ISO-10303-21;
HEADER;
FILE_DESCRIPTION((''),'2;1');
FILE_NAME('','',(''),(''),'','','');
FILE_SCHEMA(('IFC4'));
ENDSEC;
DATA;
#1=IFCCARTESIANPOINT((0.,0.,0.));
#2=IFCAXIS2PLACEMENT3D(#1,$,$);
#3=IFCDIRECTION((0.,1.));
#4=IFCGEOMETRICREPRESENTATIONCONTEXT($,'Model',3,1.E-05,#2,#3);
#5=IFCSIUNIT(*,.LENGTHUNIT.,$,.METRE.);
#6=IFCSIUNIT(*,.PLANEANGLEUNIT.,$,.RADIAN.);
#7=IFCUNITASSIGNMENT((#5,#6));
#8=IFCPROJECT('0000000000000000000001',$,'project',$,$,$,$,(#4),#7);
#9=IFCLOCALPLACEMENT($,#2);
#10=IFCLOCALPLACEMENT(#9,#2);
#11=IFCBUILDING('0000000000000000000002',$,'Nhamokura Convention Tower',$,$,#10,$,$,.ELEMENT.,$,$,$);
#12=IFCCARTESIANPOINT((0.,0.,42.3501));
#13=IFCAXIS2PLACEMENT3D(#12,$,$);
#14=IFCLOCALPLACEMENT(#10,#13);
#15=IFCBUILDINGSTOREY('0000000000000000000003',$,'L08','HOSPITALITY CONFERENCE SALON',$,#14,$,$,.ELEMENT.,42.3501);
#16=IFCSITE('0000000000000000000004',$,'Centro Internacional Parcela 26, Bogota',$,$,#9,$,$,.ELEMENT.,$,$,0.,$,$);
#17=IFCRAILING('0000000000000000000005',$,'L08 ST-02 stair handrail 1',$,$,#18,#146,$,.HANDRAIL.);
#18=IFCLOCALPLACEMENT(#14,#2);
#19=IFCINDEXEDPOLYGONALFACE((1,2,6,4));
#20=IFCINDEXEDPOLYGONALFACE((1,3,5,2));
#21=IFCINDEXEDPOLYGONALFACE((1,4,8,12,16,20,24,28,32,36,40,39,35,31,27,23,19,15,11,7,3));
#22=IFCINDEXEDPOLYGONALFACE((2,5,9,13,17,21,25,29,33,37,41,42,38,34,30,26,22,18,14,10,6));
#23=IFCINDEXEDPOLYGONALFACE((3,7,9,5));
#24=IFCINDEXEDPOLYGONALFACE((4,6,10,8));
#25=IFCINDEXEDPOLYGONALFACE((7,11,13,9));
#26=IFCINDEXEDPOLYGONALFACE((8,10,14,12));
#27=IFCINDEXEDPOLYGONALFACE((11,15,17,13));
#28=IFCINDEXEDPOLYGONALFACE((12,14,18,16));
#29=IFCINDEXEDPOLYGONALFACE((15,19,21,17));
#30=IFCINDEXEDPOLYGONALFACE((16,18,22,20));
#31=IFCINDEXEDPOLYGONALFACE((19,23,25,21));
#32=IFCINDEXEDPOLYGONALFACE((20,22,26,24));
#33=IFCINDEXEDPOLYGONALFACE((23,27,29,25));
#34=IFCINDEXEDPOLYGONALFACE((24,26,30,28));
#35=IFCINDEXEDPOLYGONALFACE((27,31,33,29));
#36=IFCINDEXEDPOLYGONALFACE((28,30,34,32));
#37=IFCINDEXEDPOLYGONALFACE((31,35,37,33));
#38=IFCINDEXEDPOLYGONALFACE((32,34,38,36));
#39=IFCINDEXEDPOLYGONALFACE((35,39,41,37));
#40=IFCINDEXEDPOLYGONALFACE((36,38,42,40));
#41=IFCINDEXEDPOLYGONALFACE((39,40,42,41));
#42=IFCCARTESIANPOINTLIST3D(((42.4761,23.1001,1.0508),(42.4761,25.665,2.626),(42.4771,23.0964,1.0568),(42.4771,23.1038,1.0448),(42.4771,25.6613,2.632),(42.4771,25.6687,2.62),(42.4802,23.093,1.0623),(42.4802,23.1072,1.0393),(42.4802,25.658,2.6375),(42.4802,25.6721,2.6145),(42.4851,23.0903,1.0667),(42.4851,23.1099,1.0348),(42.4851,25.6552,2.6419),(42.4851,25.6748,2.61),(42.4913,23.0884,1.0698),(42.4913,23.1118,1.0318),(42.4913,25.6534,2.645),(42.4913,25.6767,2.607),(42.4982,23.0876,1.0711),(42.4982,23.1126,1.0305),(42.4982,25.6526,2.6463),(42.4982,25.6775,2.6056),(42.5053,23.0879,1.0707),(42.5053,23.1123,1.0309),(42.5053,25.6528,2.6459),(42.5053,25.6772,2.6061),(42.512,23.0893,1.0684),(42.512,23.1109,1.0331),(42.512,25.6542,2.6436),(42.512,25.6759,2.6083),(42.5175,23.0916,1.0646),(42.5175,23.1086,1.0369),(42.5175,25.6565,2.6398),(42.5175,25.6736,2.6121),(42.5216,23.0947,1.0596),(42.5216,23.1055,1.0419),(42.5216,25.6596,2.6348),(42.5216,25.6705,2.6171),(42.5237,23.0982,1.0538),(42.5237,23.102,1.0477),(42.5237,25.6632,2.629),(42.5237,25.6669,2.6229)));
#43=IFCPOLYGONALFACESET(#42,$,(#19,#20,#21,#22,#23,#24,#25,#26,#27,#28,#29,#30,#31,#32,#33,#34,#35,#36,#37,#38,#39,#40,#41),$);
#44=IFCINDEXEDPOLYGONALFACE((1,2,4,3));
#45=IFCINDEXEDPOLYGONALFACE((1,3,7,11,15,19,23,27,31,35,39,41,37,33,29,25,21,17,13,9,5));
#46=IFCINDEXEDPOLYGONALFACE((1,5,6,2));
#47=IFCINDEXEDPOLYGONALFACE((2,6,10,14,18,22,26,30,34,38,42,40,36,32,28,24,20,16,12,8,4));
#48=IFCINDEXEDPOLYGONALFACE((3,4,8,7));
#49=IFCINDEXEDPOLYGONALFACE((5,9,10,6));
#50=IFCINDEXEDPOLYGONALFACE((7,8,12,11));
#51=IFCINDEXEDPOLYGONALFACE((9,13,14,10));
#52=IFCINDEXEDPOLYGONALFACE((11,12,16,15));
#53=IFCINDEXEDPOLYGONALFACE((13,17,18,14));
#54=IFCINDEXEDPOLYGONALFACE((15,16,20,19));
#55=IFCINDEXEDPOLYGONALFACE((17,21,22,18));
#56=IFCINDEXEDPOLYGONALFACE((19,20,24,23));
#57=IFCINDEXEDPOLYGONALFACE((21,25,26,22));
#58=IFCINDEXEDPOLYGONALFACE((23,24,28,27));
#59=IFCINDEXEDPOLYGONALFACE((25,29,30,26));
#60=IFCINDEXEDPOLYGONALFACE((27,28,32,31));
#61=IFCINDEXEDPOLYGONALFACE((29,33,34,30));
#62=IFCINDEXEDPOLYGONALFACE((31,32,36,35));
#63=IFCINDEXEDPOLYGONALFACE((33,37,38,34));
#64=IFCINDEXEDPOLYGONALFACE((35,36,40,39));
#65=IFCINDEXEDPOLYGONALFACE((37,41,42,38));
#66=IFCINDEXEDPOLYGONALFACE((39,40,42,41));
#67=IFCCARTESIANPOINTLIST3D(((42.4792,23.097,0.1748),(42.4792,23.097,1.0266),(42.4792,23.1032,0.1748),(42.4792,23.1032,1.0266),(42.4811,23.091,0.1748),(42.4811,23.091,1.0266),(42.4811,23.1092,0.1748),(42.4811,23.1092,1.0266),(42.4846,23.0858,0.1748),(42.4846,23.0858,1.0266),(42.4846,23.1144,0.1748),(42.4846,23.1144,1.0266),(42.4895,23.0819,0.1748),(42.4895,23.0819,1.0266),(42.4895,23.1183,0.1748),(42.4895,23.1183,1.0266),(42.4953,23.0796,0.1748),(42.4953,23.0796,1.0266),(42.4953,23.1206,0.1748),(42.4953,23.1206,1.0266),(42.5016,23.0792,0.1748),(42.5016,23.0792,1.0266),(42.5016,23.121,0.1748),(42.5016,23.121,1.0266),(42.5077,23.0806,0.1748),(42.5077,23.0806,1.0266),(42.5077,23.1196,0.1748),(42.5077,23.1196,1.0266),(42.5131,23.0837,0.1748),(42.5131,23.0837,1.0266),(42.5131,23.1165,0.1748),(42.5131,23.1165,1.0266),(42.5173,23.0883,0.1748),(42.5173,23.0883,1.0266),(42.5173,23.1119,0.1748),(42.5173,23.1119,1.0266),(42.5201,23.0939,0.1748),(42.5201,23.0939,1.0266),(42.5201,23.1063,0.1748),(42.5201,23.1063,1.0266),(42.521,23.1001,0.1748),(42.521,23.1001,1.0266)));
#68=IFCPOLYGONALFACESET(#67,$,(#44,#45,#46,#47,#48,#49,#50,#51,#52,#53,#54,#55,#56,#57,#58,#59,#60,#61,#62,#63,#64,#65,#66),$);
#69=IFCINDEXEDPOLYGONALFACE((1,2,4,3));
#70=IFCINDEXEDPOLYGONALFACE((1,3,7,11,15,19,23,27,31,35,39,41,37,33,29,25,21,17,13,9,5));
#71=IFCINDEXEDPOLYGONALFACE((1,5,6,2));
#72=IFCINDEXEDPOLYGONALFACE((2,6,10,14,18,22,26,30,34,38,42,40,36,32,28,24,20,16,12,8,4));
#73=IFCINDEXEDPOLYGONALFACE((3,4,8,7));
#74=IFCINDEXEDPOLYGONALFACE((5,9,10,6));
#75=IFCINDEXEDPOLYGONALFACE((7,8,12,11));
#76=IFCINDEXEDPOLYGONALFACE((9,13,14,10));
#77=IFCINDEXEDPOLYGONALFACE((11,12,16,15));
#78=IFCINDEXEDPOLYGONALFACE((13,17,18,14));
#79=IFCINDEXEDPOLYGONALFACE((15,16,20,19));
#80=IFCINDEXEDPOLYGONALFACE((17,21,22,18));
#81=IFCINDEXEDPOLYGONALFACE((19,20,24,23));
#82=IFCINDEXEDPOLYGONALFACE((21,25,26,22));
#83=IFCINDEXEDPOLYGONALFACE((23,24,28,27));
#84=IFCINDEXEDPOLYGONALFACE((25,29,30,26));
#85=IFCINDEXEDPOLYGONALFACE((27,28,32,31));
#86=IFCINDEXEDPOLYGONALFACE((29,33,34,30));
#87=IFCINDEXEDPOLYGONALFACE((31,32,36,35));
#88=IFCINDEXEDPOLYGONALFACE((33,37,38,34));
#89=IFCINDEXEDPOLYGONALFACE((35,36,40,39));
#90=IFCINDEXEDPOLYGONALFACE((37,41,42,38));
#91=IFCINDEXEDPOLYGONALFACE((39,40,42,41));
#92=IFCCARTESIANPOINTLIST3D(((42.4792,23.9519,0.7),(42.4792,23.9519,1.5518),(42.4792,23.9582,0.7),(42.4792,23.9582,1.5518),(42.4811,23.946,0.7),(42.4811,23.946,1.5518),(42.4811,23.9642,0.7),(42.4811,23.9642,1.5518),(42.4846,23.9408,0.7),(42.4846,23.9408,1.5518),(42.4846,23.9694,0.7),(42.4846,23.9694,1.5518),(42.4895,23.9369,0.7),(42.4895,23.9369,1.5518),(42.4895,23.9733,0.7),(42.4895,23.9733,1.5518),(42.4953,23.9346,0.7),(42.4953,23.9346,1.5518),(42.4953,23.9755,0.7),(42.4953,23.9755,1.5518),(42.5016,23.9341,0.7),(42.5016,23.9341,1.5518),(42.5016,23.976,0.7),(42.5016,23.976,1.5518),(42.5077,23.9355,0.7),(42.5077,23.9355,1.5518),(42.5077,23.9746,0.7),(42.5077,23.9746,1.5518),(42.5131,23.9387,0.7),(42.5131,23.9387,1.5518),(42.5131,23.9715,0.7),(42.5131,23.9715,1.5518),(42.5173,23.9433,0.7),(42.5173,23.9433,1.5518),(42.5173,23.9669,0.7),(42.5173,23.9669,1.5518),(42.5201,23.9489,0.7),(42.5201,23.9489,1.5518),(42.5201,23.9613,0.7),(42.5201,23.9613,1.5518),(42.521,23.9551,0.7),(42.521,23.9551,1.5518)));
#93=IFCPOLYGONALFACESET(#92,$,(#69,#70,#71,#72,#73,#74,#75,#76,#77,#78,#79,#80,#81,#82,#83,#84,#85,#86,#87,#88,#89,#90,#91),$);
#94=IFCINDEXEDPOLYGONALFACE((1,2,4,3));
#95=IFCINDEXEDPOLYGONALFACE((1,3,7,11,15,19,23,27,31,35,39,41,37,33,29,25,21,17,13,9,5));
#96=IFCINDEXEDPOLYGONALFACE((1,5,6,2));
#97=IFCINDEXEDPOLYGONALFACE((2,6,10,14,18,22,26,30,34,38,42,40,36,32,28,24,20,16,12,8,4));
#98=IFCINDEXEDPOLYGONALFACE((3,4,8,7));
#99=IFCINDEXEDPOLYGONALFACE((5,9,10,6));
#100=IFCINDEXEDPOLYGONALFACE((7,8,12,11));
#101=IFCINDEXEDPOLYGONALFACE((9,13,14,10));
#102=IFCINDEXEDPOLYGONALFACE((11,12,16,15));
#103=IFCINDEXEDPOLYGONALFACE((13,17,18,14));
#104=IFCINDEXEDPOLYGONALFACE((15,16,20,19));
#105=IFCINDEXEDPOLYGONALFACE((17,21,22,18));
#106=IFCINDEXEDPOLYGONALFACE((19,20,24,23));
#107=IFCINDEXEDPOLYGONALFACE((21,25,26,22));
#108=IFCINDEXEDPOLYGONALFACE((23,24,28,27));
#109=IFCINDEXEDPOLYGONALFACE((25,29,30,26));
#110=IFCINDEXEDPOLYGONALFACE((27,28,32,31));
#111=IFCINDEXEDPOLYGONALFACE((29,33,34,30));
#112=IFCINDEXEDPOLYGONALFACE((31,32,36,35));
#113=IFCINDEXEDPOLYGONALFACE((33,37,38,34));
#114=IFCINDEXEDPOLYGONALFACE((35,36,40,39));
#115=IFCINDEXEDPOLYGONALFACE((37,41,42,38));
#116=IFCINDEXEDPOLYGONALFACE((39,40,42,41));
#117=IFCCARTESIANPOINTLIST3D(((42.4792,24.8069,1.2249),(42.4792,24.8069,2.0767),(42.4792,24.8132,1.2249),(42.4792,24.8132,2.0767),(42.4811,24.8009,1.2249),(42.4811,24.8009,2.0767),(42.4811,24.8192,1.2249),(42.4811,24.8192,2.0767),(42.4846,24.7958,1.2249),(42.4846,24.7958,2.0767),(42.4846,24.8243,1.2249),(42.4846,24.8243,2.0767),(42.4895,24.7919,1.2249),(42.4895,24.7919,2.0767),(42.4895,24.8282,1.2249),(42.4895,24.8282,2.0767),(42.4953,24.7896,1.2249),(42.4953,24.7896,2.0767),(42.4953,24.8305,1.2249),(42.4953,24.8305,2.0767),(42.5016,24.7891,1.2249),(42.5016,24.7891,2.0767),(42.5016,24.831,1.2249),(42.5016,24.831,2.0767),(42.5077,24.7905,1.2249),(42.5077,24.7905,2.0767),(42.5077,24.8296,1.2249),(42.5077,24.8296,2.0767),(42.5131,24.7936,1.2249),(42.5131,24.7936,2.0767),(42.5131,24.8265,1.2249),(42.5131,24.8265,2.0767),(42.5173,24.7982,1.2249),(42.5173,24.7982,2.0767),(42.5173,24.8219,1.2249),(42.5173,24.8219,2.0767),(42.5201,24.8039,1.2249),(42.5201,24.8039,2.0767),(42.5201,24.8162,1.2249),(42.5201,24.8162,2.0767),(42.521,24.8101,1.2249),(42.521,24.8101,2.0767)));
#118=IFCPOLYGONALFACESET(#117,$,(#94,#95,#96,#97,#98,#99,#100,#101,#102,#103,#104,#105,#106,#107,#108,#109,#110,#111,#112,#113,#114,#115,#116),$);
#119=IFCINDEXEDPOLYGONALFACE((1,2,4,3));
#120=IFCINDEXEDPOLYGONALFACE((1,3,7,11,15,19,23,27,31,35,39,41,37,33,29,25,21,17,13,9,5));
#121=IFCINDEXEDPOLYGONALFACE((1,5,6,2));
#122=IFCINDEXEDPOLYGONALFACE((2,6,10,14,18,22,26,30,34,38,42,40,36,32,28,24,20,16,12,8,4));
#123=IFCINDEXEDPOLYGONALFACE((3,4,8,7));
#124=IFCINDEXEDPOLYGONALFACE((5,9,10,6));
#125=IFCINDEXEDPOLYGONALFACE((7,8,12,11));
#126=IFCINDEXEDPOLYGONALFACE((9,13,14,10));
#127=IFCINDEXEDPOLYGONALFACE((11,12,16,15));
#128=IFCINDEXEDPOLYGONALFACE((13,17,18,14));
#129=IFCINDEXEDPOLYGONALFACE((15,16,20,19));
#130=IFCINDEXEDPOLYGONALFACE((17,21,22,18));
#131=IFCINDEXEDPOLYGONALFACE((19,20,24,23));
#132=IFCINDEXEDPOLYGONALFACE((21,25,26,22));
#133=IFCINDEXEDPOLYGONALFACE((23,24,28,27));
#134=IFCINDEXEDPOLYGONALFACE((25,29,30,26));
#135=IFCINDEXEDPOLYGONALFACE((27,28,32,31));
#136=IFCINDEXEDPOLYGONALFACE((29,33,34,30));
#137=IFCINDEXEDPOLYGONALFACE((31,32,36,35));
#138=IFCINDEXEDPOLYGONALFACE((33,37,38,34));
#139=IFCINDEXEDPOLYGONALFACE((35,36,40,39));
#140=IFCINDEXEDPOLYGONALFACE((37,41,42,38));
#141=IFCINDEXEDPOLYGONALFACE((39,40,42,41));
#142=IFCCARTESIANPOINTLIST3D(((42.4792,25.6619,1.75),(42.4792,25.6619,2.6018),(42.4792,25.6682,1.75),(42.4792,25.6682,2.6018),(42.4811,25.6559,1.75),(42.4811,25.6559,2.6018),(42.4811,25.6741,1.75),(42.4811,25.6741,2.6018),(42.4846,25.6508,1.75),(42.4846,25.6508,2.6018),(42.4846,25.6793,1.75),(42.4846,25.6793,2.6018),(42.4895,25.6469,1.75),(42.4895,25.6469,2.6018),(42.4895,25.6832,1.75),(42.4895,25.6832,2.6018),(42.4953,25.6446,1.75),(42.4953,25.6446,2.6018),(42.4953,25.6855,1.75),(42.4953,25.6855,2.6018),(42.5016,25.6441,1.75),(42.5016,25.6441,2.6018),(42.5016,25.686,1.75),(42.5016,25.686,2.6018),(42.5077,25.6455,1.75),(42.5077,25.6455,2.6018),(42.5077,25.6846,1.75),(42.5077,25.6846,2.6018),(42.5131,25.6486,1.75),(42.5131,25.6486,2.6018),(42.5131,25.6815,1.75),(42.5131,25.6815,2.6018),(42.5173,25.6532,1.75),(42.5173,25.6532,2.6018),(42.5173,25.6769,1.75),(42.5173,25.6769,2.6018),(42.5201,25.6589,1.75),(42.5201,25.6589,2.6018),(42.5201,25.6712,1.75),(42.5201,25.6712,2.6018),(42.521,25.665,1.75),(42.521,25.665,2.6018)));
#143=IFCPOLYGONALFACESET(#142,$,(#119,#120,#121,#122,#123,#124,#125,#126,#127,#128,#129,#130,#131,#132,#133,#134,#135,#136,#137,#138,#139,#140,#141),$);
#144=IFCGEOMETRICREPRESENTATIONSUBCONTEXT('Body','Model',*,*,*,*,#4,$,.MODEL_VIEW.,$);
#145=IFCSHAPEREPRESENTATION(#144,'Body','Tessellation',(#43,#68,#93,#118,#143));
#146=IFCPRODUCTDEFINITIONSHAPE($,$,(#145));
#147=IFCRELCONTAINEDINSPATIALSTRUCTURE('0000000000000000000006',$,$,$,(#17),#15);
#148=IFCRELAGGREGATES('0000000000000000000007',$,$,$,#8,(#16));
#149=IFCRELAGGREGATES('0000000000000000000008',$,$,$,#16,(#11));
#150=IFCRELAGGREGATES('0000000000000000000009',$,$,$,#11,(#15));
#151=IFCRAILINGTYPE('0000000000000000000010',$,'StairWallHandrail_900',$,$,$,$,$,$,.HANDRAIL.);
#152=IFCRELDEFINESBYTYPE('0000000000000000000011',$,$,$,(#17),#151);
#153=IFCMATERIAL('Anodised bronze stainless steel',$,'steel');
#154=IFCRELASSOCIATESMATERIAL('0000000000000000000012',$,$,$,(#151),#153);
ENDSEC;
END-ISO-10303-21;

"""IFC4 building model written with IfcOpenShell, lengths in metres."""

from ifc_helpers import new_model, si_unit, direction, frame, origin, origin_2d, place, context, subcontext, project, spatial, circle, extrude, material, type_object, element, save


model = new_model("IFC4")

# Units and contexts
model_context = context("Model", 3, precision=1e-05, world=origin(), true_north=direction((0.0, 1.0)))
body_context = subcontext(model_context, "Body", "Model", "MODEL_VIEW")
ifc_project = project(units=[si_unit("LENGTHUNIT", "METRE"), si_unit("PLANEANGLEUNIT", "RADIAN")], contexts=[model_context])

# Site, building, storey
site_placement = place(None, origin())
site = spatial("IfcSite", under=ifc_project, at=site_placement, Name="Centro Internacional Parcela 26, Bogota", CompositionType="ELEMENT", RefElevation=0.0)
building_placement = place(site_placement, origin())
building = spatial("IfcBuilding", under=site, at=building_placement, Name="Nhamokura Convention Tower", CompositionType="ELEMENT")
storey_placement = place(building_placement, frame((0.0, 0.0, 42.3501)))
storey = spatial("IfcBuildingStorey", under=building, at=storey_placement, Name="L08", Description="HOSPITALITY CONFERENCE SALON", CompositionType="ELEMENT", Elevation=42.3501)

# Railing
ifc_material_1 = material(Name="Anodised bronze stainless steel", Category="steel")
railing_type_1 = type_object("IfcRailingType", Name="StairWallHandrail_900", PredefinedType="HANDRAIL", material=ifc_material_1)
railing_1_placement = place(storey_placement, frame((42.5, 23.1001, 0.1748)))
element("IfcRailing", 1, at=railing_1_placement, inside=storey, type_object=railing_type_1, Name="L08 ST-02 stair handrail 1", PredefinedType="HANDRAIL", context=body_context, shape_type="SweptSolid", body=[
    extrude(circle(Radius=0.0239, at=origin_2d()), frame((0.0, 0.0, 0.876), z_axis=(0.0, 0.852137, 0.523319), x_axis=(-1.0, 0.0, 0.0)), (0.0, 0.0, 1.0), 3.01),
    extrude(circle(Radius=0.021, at=origin_2d()), origin(), (0.0, 0.0, 1.0), 0.8518),
    extrude(circle(Radius=0.021, at=origin_2d()), frame((0.0, 0.855, 0.5251)), (0.0, 0.0, 1.0), 0.8518),
    extrude(circle(Radius=0.021, at=origin_2d()), frame((0.0, 1.71, 1.05)), (0.0, 0.0, 1.0), 0.8518),
    extrude(circle(Radius=0.021, at=origin_2d()), frame((0.0, 2.5649, 1.5752)), (0.0, 0.0, 1.0), 0.8518),
])

save(model, "model.ifc")
